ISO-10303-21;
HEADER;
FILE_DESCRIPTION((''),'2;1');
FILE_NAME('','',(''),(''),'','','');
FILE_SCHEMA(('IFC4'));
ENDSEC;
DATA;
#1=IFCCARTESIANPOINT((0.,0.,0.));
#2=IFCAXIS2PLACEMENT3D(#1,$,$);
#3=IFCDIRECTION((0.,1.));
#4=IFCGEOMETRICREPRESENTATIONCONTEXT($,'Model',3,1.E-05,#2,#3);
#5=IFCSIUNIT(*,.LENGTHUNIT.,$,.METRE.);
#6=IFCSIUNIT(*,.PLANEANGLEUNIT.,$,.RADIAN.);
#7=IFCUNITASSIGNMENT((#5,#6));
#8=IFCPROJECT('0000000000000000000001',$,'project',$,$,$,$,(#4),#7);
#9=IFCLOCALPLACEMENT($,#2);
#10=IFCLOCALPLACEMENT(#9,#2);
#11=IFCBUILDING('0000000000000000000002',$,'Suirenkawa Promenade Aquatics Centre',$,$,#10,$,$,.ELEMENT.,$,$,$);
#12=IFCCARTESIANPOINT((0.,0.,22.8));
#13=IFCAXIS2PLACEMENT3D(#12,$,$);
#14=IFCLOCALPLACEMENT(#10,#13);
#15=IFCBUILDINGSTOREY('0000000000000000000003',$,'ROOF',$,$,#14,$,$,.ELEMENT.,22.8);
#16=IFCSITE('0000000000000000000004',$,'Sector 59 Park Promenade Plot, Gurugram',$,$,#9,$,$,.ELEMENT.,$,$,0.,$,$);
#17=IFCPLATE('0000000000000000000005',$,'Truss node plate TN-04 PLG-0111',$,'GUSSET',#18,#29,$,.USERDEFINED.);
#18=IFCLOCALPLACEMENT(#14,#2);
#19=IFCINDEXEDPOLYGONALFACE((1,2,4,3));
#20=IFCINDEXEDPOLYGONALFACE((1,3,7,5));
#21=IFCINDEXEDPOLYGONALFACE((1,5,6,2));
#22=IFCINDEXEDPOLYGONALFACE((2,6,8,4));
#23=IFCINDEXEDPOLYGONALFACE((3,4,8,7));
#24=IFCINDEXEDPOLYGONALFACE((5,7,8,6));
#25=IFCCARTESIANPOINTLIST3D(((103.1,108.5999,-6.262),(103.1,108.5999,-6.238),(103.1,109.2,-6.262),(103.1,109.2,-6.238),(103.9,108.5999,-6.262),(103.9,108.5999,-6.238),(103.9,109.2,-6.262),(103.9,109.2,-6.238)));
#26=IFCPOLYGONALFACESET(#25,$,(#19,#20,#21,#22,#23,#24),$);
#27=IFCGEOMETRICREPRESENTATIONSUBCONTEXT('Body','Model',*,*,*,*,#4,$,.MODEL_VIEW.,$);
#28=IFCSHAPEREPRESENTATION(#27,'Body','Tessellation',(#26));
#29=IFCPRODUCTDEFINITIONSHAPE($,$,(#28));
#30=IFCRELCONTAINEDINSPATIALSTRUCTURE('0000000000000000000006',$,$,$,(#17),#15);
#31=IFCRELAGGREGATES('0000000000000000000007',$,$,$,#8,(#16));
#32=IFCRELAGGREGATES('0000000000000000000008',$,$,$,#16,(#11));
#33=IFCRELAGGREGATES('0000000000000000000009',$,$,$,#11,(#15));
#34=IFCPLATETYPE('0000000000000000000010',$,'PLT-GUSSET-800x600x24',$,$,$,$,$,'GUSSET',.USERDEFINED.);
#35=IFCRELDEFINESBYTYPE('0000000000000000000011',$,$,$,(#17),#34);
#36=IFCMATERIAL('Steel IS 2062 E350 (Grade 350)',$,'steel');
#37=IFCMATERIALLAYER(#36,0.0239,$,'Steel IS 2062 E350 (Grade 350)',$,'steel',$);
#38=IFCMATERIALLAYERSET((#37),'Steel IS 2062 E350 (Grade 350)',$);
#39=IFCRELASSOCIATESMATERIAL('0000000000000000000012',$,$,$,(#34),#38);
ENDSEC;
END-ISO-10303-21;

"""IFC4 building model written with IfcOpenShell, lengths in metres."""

from ifc_helpers import new_model, si_unit, direction, frame, origin, origin_2d, place, context, subcontext, project, spatial, rectangle, extrude, material, layer, layer_set, type_object, element, save


model = new_model("IFC4")

# Units and contexts
model_context = context("Model", 3, precision=1e-05, world=origin(), true_north=direction((0.0, 1.0)))
body_context = subcontext(model_context, "Body", "Model", "MODEL_VIEW")
ifc_project = project(units=[si_unit("LENGTHUNIT", "METRE"), si_unit("PLANEANGLEUNIT", "RADIAN")], contexts=[model_context])

# Site, building, storey
site_placement = place(None, origin())
site = spatial("IfcSite", under=ifc_project, at=site_placement, Name="Sector 59 Park Promenade Plot, Gurugram", CompositionType="ELEMENT", RefElevation=0.0)
building_placement = place(site_placement, origin())
building = spatial("IfcBuilding", under=site, at=building_placement, Name="Suirenkawa Promenade Aquatics Centre", CompositionType="ELEMENT")
storey_placement = place(building_placement, frame((0.0, 0.0, 22.8)))
storey = spatial("IfcBuildingStorey", under=building, at=storey_placement, Name="ROOF", CompositionType="ELEMENT", Elevation=22.8)

# Shared definitions
ifc_material = material(Name="Steel IS 2062 E350 (Grade 350)", Category="steel")

# Plate
ifc_layer_1 = layer(ifc_material, 0.0239, Name="Steel IS 2062 E350 (Grade 350)", Category="steel")
ifc_layer_set_1 = layer_set([ifc_layer_1], Name="Steel IS 2062 E350 (Grade 350)")
plate_type_1 = type_object("IfcPlateType", Name="PLT-GUSSET-800x600x24", ElementType="GUSSET", PredefinedType="USERDEFINED", material=ifc_layer_set_1)
plate_1_placement = place(storey_placement, frame((103.5, 108.8999, -6.262), z_axis=(0.0, 0.0, 1.0), x_axis=(1.0, 0.0, 0.0)))
element("IfcPlate", 1, at=plate_1_placement, inside=storey, type_object=plate_type_1, Name="Truss node plate TN-04 PLG-0111", ObjectType="GUSSET", PredefinedType="USERDEFINED", context=body_context, shape_type="SweptSolid", body=[
    extrude(rectangle(XDim=0.8, YDim=0.6001, at=origin_2d()), origin(), (0.0, 0.0, 1.0), 0.0239),
])

save(model, "model.ifc")
